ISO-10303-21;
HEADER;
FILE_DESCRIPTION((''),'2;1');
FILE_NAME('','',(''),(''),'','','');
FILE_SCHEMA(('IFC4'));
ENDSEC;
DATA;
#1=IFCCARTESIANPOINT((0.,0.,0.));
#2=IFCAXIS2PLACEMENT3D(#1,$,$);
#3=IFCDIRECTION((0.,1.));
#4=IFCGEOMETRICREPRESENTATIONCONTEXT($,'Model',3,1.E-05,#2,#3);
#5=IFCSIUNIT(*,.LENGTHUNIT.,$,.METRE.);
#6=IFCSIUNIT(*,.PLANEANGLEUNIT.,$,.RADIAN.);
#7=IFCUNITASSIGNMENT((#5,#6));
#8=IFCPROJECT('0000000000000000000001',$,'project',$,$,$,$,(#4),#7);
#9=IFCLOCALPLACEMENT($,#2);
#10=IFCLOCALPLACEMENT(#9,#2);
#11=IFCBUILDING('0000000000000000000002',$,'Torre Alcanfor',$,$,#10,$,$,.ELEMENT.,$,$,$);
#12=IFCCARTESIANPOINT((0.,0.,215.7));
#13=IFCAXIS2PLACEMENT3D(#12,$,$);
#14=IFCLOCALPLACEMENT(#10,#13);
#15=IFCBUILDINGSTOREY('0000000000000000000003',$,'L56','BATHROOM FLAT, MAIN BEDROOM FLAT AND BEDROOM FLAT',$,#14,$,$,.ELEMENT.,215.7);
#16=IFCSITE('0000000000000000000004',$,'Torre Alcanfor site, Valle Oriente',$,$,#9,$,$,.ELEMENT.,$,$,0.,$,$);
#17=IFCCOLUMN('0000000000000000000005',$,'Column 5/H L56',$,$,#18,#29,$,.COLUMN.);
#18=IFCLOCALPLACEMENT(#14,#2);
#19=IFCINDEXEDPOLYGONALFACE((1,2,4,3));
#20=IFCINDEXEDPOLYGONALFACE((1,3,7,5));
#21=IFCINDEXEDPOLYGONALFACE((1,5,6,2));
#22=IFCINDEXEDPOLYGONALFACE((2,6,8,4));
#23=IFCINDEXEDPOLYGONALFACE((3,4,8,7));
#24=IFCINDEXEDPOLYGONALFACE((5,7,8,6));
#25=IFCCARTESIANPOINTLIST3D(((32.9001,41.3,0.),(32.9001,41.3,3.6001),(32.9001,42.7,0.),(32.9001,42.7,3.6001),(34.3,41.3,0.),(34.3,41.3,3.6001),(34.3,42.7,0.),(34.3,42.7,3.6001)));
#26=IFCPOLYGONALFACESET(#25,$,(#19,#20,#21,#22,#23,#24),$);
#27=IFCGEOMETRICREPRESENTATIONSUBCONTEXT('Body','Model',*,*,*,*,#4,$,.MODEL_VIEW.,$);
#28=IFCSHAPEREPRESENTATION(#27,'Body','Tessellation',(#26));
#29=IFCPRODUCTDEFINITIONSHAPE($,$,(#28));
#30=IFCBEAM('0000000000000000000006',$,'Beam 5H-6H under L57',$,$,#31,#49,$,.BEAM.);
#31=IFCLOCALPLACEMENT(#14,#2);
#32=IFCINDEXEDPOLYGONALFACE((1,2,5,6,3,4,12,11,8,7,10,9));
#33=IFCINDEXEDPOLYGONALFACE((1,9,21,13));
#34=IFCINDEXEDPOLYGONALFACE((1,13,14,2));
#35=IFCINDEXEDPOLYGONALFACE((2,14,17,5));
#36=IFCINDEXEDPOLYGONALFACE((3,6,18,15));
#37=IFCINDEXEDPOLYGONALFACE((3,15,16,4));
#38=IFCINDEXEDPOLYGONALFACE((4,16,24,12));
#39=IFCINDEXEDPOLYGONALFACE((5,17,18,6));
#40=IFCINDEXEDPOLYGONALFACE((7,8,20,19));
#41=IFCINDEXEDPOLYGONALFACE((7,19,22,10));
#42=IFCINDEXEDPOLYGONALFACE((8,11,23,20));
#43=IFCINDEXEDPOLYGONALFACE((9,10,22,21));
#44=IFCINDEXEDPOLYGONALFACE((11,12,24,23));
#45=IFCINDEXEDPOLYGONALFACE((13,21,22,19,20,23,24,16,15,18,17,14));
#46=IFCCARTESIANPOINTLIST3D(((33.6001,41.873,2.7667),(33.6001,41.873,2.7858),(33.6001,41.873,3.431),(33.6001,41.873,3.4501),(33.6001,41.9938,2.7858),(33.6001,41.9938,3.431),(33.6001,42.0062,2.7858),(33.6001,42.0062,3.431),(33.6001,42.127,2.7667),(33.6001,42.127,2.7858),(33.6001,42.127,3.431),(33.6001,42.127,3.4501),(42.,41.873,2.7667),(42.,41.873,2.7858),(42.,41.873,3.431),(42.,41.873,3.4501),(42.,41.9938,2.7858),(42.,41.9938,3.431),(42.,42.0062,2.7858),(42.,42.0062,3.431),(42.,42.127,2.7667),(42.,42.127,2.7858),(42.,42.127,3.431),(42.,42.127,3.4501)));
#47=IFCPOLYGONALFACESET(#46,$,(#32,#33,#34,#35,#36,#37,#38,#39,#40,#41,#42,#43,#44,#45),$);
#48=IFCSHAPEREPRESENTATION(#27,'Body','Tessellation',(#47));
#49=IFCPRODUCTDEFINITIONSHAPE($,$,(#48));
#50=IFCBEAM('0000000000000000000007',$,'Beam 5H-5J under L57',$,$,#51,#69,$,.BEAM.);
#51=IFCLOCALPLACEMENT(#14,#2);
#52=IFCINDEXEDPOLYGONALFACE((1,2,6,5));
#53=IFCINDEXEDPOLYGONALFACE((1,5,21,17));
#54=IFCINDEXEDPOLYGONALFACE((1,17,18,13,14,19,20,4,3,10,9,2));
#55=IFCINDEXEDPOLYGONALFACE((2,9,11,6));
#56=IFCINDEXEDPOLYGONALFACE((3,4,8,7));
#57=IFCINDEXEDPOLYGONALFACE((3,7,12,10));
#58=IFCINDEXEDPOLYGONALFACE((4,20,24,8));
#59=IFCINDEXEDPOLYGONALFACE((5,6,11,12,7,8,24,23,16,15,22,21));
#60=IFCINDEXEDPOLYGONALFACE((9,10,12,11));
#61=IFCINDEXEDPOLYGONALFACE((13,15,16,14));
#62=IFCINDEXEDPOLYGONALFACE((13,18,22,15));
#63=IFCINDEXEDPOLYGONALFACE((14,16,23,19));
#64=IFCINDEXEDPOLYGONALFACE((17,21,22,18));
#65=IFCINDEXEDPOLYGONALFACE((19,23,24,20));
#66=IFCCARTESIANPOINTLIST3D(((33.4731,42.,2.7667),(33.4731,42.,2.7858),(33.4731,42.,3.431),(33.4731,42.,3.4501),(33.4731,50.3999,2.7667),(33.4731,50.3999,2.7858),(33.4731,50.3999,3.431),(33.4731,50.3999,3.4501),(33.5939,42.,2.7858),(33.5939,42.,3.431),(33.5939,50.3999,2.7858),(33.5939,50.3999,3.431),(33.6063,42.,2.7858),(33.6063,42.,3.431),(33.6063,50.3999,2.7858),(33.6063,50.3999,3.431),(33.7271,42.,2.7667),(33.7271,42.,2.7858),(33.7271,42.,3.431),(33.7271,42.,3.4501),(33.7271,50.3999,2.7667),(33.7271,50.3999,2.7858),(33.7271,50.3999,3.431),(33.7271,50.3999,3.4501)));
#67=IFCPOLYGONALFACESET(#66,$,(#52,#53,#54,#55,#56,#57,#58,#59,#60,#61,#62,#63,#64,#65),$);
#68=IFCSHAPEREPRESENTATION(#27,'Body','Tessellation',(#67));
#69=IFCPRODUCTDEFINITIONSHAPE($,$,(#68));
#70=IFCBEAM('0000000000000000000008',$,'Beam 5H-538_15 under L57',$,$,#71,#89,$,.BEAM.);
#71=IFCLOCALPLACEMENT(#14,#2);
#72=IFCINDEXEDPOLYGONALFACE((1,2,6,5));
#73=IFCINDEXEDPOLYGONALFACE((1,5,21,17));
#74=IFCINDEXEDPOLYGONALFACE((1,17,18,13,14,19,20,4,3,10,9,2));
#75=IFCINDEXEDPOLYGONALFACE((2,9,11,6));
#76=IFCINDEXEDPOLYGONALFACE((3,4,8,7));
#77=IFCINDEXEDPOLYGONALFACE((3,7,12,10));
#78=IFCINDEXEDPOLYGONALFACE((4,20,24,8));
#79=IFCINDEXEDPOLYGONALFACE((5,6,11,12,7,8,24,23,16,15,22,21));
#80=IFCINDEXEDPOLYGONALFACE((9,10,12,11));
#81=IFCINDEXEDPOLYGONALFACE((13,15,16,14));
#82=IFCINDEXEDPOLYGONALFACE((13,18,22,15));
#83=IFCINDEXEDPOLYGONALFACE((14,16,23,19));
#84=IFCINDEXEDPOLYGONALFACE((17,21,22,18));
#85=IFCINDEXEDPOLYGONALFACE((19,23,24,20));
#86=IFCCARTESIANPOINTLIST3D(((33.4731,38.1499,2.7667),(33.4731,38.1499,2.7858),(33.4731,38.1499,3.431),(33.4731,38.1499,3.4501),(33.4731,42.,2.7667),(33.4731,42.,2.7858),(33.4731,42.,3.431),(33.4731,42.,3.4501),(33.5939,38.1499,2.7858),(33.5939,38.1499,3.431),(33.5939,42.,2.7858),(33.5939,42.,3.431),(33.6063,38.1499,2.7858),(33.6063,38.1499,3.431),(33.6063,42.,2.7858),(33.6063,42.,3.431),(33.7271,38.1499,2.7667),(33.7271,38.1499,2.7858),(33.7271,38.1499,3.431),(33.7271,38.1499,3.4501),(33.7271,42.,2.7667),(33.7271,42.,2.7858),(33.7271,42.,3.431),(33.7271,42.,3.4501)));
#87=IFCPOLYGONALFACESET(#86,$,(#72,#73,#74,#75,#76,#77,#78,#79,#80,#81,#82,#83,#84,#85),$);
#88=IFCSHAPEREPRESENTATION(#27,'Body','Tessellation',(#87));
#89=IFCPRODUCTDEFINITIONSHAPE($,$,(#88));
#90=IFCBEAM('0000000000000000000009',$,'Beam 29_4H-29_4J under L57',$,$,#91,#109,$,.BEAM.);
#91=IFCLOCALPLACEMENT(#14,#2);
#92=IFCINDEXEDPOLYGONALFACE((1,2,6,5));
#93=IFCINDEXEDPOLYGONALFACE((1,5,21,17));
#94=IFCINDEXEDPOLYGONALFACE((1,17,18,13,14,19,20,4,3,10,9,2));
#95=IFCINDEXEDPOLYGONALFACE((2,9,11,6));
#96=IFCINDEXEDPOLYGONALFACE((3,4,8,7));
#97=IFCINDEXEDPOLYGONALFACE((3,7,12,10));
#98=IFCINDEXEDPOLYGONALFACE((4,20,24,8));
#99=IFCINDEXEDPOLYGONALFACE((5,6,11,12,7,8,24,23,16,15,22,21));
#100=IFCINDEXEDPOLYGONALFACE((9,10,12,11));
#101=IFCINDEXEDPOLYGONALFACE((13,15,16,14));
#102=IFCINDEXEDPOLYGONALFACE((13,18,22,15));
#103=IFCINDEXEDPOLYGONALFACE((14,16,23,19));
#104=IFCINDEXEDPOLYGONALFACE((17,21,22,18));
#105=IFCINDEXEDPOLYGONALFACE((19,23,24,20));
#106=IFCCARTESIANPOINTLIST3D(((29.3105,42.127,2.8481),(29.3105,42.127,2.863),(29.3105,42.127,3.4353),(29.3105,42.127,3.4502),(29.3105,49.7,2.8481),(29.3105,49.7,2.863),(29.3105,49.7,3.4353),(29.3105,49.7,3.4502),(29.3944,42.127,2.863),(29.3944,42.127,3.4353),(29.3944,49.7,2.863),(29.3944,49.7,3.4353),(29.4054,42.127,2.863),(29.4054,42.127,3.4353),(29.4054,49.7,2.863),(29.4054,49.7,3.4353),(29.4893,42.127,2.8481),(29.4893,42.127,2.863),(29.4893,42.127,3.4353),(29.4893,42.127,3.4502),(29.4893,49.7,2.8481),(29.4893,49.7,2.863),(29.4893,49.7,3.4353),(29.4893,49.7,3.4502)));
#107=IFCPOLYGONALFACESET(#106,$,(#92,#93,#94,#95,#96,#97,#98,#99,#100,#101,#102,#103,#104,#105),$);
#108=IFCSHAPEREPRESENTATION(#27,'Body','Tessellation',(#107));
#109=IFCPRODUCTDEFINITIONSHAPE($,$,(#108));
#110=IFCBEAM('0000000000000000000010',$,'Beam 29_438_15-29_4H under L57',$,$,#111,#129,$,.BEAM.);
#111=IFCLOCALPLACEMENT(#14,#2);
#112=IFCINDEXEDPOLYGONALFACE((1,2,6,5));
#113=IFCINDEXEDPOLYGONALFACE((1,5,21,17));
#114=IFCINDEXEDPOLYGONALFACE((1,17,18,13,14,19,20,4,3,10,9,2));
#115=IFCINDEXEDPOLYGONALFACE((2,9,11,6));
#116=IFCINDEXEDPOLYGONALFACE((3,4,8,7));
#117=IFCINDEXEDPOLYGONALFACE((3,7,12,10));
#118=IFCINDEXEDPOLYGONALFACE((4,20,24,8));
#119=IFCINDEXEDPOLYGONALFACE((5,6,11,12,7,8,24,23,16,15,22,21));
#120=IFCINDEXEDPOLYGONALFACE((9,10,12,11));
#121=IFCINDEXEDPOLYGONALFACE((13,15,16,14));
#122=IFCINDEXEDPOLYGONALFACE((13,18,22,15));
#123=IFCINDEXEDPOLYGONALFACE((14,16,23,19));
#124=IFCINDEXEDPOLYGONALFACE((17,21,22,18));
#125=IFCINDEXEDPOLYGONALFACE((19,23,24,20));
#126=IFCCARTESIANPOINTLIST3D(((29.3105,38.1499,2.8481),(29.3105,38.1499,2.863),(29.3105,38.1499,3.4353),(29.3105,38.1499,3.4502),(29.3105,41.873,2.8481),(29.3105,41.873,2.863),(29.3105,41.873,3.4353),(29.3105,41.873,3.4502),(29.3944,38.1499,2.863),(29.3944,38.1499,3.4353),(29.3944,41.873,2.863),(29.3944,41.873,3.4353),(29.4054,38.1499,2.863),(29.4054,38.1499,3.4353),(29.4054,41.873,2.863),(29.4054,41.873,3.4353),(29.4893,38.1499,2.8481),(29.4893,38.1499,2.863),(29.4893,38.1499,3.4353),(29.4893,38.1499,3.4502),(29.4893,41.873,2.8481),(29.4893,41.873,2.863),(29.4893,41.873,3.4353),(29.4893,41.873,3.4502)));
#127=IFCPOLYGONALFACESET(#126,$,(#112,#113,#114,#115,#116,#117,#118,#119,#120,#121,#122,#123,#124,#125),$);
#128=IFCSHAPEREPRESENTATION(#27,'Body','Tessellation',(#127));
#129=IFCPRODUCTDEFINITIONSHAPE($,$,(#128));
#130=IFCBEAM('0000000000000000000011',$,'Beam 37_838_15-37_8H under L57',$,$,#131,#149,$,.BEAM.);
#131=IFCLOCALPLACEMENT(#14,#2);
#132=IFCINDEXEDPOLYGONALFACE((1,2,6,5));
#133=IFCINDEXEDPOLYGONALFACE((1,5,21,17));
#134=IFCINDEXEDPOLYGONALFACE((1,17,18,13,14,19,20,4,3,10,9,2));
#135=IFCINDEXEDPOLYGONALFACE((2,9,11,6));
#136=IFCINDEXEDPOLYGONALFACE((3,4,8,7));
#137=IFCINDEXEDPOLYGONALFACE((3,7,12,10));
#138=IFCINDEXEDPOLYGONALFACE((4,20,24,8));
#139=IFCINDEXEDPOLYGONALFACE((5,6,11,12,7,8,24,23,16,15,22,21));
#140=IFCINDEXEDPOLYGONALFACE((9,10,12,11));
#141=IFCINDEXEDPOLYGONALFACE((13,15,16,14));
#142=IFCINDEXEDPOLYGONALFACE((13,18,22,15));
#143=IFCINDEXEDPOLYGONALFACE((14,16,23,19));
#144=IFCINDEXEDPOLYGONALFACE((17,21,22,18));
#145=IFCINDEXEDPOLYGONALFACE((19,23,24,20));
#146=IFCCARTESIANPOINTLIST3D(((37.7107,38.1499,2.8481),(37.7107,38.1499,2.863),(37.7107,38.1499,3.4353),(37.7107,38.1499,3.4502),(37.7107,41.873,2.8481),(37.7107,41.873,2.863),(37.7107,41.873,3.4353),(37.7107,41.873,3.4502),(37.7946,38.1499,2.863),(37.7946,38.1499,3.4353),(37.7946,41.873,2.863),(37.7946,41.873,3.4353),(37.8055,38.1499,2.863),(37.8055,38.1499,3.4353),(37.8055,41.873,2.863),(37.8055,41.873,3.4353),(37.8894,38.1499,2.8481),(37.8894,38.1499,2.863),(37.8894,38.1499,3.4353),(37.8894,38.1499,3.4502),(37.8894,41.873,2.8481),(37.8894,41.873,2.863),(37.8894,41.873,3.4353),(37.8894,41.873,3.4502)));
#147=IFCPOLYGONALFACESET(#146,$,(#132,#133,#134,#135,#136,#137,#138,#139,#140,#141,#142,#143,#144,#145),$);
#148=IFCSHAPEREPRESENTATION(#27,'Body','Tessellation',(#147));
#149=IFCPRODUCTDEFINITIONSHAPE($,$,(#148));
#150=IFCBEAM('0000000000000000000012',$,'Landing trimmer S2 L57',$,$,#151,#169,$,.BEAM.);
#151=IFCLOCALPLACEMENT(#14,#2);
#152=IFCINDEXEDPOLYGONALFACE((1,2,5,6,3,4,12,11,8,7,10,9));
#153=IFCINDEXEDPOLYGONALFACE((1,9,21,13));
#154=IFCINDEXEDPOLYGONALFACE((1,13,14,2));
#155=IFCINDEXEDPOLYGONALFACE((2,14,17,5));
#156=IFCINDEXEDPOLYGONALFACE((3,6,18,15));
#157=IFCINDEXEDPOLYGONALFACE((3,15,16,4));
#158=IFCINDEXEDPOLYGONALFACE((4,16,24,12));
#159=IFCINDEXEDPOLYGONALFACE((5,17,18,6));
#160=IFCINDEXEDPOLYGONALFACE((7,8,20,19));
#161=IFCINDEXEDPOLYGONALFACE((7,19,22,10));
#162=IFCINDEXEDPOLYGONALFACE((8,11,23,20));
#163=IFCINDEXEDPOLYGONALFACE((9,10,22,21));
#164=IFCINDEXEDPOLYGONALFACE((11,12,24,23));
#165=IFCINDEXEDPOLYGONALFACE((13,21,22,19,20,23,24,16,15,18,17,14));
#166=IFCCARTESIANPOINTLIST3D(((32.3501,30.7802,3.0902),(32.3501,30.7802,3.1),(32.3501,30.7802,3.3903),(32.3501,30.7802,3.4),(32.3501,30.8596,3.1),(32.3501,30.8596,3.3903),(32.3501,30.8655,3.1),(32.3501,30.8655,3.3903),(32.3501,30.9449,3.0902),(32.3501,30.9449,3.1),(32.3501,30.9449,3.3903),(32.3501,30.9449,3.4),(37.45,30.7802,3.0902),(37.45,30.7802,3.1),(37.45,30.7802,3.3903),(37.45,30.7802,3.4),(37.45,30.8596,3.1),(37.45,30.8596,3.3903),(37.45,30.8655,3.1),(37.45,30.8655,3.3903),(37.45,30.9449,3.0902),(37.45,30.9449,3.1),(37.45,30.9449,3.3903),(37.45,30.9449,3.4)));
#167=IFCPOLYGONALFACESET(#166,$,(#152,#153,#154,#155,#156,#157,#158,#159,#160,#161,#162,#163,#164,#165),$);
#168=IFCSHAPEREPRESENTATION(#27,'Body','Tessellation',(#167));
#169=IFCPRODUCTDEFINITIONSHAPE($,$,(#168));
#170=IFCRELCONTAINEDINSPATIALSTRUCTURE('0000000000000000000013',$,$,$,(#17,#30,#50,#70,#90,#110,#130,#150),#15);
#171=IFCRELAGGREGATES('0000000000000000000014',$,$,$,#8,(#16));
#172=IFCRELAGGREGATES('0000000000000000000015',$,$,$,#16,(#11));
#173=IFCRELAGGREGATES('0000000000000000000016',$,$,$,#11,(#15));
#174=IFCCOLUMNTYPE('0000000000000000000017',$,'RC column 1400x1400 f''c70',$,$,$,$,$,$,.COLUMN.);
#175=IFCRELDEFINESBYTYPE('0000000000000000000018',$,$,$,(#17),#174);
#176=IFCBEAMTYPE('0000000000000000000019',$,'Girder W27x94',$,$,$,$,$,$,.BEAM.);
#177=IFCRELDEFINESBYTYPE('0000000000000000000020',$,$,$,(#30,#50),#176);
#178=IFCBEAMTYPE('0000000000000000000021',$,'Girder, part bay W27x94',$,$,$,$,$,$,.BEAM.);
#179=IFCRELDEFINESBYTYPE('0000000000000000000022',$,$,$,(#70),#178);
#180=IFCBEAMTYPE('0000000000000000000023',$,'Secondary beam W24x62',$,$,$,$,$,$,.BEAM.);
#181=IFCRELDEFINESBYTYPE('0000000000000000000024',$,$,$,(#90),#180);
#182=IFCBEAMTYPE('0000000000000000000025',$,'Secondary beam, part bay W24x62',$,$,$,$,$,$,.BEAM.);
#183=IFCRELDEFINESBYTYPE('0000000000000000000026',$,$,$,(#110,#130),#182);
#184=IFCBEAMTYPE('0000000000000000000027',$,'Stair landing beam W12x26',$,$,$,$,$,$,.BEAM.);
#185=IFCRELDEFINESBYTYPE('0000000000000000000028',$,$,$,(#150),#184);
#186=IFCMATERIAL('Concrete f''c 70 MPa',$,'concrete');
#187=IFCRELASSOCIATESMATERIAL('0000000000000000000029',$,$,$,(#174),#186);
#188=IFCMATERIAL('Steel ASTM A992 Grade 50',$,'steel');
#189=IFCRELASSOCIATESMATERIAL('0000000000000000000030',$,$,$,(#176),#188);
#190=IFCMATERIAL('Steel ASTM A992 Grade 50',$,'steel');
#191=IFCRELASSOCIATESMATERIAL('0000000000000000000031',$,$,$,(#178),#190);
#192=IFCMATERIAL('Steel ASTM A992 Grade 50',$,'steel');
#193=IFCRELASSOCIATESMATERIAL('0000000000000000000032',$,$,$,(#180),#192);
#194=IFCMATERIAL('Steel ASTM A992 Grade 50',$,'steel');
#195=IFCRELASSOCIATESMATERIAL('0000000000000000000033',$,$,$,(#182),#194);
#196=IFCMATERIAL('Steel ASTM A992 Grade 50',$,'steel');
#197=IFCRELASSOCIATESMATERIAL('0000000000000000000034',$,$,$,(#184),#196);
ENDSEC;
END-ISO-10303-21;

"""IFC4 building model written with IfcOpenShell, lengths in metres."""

from ifc_helpers import new_model, si_unit, direction, frame, origin, origin_2d, place, context, subcontext, project, spatial, rectangle, i_section, extrude, material, material_profile, profile_set, type_object, element, save


model = new_model("IFC4")

# Units and contexts
model_context = context("Model", 3, precision=1e-05, world=origin(), true_north=direction((0.0, 1.0)))
body_context = subcontext(model_context, "Body", "Model", "MODEL_VIEW")
ifc_project = project(units=[si_unit("LENGTHUNIT", "METRE"), si_unit("PLANEANGLEUNIT", "RADIAN")], contexts=[model_context])

# Site, building, storey
site_placement = place(None, origin())
site = spatial("IfcSite", under=ifc_project, at=site_placement, Name="Torre Alcanfor site, Valle Oriente", CompositionType="ELEMENT", RefElevation=0.0)
building_placement = place(site_placement, origin())
building = spatial("IfcBuilding", under=site, at=building_placement, Name="Torre Alcanfor", CompositionType="ELEMENT")
storey_placement = place(building_placement, frame((0.0, 0.0, 215.7)))
storey = spatial("IfcBuildingStorey", under=building, at=storey_placement, Name="L56", Description="BATHROOM FLAT, MAIN BEDROOM FLAT AND BEDROOM FLAT", CompositionType="ELEMENT", Elevation=215.7)

# Column
ifc_material_1 = material(Name="Concrete f'c 70 MPa", Category="concrete")
ifc_material_profile_1 = material_profile(ifc_material_1, rectangle(XDim=1.3999, YDim=1.3999, at=origin_2d()), Name="1400x1400")
ifc_profile_set_1 = profile_set([ifc_material_profile_1], Name="Concrete f'c 70 MPa")
column_type = type_object("IfcColumnType", Name="RC column 1400x1400 f'c70", PredefinedType="COLUMN", material=ifc_profile_set_1)
column_placement = place(storey_placement, frame((33.6001, 42.0, 0.0), z_axis=(0.0, 0.0, 1.0), x_axis=(1.0, 0.0, 0.0)))
element("IfcColumn", 1, at=column_placement, inside=storey, type_object=column_type, Name="Column 5/H L56", PredefinedType="COLUMN", context=body_context, shape_type="SweptSolid", body=[
    extrude(rectangle(XDim=1.3999, YDim=1.3999, at=origin_2d()), origin(), (0.0, 0.0, 1.0), 3.6001),
])

# Beams
ifc_material_2 = material(Name="Steel ASTM A992 Grade 50", Category="steel")
ifc_material_profile_2 = material_profile(ifc_material_2, i_section(OverallWidth=0.2539, OverallDepth=0.6833, WebThickness=0.0125, FlangeThickness=0.019, at=origin_2d()), Name="W27x94")
ifc_profile_set_2 = profile_set([ifc_material_profile_2], Name="Steel ASTM A992 Grade 50")
beam_type_1 = type_object("IfcBeamType", Name="Girder W27x94", PredefinedType="BEAM", material=ifc_profile_set_2)
for number, where, z_axis, x_axis, name in (
    (2, (33.6001, 42.0, 3.1084), (1.0, 0.0, 0.0), (0.0, 1.0, 0.0), "Beam 5H-6H under L57"),
    (3, (33.6001, 42.0, 3.1084), (0.0, 1.0, 0.0), (-1.0, 0.0, 0.0), "Beam 5H-5J under L57"),
):
    element("IfcBeam", number, at=place(storey_placement, frame(where, z_axis=z_axis, x_axis=x_axis)), inside=storey, type_object=beam_type_1, Name=name, PredefinedType="BEAM", context=body_context, shape_type="SweptSolid", body=[
        extrude(i_section(OverallWidth=0.2539, OverallDepth=0.6833, WebThickness=0.0125, FlangeThickness=0.019, at=origin_2d()), origin(), (0.0, 0.0, 1.0), 8.3999),
    ])
ifc_material_3 = material(Name="Steel ASTM A992 Grade 50", Category="steel")
ifc_material_profile_3 = material_profile(ifc_material_3, i_section(OverallWidth=0.2539, OverallDepth=0.6833, WebThickness=0.0125, FlangeThickness=0.019, at=origin_2d()), Name="W27x94")
ifc_profile_set_3 = profile_set([ifc_material_profile_3], Name="Steel ASTM A992 Grade 50")
beam_type_2 = type_object("IfcBeamType", Name="Girder, part bay W27x94", PredefinedType="BEAM", material=ifc_profile_set_3)
beam_1_placement = place(storey_placement, frame((33.6001, 42.0, 3.1084), z_axis=(0.0, -1.0, 0.0), x_axis=(1.0, 0.0, 0.0)))
element("IfcBeam", 4, at=beam_1_placement, inside=storey, type_object=beam_type_2, Name="Beam 5H-538_15 under L57", PredefinedType="BEAM", context=body_context, shape_type="SweptSolid", body=[
    extrude(i_section(OverallWidth=0.2539, OverallDepth=0.6833, WebThickness=0.0125, FlangeThickness=0.019, at=origin_2d()), origin(), (0.0, 0.0, 1.0), 3.8501),
])
ifc_material_4 = material(Name="Steel ASTM A992 Grade 50", Category="steel")
ifc_material_profile_4 = material_profile(ifc_material_4, i_section(OverallWidth=0.1787, OverallDepth=0.6021, WebThickness=0.011, FlangeThickness=0.0149, at=origin_2d()), Name="W24x62")
ifc_profile_set_4 = profile_set([ifc_material_profile_4], Name="Steel ASTM A992 Grade 50")
beam_type_3 = type_object("IfcBeamType", Name="Secondary beam W24x62", PredefinedType="BEAM", material=ifc_profile_set_4)
beam_2_placement = place(storey_placement, frame((29.3999, 42.127, 3.1492), z_axis=(0.0, 1.0, 0.0), x_axis=(-1.0, 0.0, 0.0)))
element("IfcBeam", 5, at=beam_2_placement, inside=storey, type_object=beam_type_3, Name="Beam 29_4H-29_4J under L57", PredefinedType="BEAM", context=body_context, shape_type="SweptSolid", body=[
    extrude(i_section(OverallWidth=0.1787, OverallDepth=0.6021, WebThickness=0.011, FlangeThickness=0.0149, at=origin_2d()), origin(), (0.0, 0.0, 1.0), 7.573),
])
ifc_material_5 = material(Name="Steel ASTM A992 Grade 50", Category="steel")
ifc_material_profile_5 = material_profile(ifc_material_5, i_section(OverallWidth=0.1787, OverallDepth=0.6021, WebThickness=0.011, FlangeThickness=0.0149, at=origin_2d()), Name="W24x62")
ifc_profile_set_5 = profile_set([ifc_material_profile_5], Name="Steel ASTM A992 Grade 50")
beam_type_4 = type_object("IfcBeamType", Name="Secondary beam, part bay W24x62", PredefinedType="BEAM", material=ifc_profile_set_5)
for number, where, z_axis, x_axis, name in (
    (6, (29.3999, 38.1499, 3.1492), (0.0, 1.0, 0.0), (-1.0, 0.0, 0.0), "Beam 29_438_15-29_4H under L57"),
    (7, (37.8, 38.1499, 3.1492), (0.0, 1.0, 0.0), (-1.0, 0.0, 0.0), "Beam 37_838_15-37_8H under L57"),
):
    element("IfcBeam", number, at=place(storey_placement, frame(where, z_axis=z_axis, x_axis=x_axis)), inside=storey, type_object=beam_type_4, Name=name, PredefinedType="BEAM", context=body_context, shape_type="SweptSolid", body=[
        extrude(i_section(OverallWidth=0.1787, OverallDepth=0.6021, WebThickness=0.011, FlangeThickness=0.0149, at=origin_2d()), origin(), (0.0, 0.0, 1.0), 3.7231),
    ])
ifc_material_6 = material(Name="Steel ASTM A992 Grade 50", Category="steel")
ifc_material_profile_6 = material_profile(ifc_material_6, i_section(OverallWidth=0.1648, OverallDepth=0.3098, WebThickness=0.0059, FlangeThickness=0.0098, at=origin_2d()), Name="W12x26")
ifc_profile_set_6 = profile_set([ifc_material_profile_6], Name="Steel ASTM A992 Grade 50")
beam_type_5 = type_object("IfcBeamType", Name="Stair landing beam W12x26", PredefinedType="BEAM", material=ifc_profile_set_6)
beam_3_placement = place(storey_placement, frame((32.3501, 30.8625, 3.2451), z_axis=(1.0, 0.0, 0.0), x_axis=(0.0, 1.0, 0.0)))
element("IfcBeam", 8, at=beam_3_placement, inside=storey, type_object=beam_type_5, Name="Landing trimmer S2 L57", PredefinedType="BEAM", context=body_context, shape_type="SweptSolid", body=[
    extrude(i_section(OverallWidth=0.1648, OverallDepth=0.3098, WebThickness=0.0059, FlangeThickness=0.0098, at=origin_2d()), origin(), (0.0, 0.0, 1.0), 5.0999),
])

save(model, "model.ifc")
